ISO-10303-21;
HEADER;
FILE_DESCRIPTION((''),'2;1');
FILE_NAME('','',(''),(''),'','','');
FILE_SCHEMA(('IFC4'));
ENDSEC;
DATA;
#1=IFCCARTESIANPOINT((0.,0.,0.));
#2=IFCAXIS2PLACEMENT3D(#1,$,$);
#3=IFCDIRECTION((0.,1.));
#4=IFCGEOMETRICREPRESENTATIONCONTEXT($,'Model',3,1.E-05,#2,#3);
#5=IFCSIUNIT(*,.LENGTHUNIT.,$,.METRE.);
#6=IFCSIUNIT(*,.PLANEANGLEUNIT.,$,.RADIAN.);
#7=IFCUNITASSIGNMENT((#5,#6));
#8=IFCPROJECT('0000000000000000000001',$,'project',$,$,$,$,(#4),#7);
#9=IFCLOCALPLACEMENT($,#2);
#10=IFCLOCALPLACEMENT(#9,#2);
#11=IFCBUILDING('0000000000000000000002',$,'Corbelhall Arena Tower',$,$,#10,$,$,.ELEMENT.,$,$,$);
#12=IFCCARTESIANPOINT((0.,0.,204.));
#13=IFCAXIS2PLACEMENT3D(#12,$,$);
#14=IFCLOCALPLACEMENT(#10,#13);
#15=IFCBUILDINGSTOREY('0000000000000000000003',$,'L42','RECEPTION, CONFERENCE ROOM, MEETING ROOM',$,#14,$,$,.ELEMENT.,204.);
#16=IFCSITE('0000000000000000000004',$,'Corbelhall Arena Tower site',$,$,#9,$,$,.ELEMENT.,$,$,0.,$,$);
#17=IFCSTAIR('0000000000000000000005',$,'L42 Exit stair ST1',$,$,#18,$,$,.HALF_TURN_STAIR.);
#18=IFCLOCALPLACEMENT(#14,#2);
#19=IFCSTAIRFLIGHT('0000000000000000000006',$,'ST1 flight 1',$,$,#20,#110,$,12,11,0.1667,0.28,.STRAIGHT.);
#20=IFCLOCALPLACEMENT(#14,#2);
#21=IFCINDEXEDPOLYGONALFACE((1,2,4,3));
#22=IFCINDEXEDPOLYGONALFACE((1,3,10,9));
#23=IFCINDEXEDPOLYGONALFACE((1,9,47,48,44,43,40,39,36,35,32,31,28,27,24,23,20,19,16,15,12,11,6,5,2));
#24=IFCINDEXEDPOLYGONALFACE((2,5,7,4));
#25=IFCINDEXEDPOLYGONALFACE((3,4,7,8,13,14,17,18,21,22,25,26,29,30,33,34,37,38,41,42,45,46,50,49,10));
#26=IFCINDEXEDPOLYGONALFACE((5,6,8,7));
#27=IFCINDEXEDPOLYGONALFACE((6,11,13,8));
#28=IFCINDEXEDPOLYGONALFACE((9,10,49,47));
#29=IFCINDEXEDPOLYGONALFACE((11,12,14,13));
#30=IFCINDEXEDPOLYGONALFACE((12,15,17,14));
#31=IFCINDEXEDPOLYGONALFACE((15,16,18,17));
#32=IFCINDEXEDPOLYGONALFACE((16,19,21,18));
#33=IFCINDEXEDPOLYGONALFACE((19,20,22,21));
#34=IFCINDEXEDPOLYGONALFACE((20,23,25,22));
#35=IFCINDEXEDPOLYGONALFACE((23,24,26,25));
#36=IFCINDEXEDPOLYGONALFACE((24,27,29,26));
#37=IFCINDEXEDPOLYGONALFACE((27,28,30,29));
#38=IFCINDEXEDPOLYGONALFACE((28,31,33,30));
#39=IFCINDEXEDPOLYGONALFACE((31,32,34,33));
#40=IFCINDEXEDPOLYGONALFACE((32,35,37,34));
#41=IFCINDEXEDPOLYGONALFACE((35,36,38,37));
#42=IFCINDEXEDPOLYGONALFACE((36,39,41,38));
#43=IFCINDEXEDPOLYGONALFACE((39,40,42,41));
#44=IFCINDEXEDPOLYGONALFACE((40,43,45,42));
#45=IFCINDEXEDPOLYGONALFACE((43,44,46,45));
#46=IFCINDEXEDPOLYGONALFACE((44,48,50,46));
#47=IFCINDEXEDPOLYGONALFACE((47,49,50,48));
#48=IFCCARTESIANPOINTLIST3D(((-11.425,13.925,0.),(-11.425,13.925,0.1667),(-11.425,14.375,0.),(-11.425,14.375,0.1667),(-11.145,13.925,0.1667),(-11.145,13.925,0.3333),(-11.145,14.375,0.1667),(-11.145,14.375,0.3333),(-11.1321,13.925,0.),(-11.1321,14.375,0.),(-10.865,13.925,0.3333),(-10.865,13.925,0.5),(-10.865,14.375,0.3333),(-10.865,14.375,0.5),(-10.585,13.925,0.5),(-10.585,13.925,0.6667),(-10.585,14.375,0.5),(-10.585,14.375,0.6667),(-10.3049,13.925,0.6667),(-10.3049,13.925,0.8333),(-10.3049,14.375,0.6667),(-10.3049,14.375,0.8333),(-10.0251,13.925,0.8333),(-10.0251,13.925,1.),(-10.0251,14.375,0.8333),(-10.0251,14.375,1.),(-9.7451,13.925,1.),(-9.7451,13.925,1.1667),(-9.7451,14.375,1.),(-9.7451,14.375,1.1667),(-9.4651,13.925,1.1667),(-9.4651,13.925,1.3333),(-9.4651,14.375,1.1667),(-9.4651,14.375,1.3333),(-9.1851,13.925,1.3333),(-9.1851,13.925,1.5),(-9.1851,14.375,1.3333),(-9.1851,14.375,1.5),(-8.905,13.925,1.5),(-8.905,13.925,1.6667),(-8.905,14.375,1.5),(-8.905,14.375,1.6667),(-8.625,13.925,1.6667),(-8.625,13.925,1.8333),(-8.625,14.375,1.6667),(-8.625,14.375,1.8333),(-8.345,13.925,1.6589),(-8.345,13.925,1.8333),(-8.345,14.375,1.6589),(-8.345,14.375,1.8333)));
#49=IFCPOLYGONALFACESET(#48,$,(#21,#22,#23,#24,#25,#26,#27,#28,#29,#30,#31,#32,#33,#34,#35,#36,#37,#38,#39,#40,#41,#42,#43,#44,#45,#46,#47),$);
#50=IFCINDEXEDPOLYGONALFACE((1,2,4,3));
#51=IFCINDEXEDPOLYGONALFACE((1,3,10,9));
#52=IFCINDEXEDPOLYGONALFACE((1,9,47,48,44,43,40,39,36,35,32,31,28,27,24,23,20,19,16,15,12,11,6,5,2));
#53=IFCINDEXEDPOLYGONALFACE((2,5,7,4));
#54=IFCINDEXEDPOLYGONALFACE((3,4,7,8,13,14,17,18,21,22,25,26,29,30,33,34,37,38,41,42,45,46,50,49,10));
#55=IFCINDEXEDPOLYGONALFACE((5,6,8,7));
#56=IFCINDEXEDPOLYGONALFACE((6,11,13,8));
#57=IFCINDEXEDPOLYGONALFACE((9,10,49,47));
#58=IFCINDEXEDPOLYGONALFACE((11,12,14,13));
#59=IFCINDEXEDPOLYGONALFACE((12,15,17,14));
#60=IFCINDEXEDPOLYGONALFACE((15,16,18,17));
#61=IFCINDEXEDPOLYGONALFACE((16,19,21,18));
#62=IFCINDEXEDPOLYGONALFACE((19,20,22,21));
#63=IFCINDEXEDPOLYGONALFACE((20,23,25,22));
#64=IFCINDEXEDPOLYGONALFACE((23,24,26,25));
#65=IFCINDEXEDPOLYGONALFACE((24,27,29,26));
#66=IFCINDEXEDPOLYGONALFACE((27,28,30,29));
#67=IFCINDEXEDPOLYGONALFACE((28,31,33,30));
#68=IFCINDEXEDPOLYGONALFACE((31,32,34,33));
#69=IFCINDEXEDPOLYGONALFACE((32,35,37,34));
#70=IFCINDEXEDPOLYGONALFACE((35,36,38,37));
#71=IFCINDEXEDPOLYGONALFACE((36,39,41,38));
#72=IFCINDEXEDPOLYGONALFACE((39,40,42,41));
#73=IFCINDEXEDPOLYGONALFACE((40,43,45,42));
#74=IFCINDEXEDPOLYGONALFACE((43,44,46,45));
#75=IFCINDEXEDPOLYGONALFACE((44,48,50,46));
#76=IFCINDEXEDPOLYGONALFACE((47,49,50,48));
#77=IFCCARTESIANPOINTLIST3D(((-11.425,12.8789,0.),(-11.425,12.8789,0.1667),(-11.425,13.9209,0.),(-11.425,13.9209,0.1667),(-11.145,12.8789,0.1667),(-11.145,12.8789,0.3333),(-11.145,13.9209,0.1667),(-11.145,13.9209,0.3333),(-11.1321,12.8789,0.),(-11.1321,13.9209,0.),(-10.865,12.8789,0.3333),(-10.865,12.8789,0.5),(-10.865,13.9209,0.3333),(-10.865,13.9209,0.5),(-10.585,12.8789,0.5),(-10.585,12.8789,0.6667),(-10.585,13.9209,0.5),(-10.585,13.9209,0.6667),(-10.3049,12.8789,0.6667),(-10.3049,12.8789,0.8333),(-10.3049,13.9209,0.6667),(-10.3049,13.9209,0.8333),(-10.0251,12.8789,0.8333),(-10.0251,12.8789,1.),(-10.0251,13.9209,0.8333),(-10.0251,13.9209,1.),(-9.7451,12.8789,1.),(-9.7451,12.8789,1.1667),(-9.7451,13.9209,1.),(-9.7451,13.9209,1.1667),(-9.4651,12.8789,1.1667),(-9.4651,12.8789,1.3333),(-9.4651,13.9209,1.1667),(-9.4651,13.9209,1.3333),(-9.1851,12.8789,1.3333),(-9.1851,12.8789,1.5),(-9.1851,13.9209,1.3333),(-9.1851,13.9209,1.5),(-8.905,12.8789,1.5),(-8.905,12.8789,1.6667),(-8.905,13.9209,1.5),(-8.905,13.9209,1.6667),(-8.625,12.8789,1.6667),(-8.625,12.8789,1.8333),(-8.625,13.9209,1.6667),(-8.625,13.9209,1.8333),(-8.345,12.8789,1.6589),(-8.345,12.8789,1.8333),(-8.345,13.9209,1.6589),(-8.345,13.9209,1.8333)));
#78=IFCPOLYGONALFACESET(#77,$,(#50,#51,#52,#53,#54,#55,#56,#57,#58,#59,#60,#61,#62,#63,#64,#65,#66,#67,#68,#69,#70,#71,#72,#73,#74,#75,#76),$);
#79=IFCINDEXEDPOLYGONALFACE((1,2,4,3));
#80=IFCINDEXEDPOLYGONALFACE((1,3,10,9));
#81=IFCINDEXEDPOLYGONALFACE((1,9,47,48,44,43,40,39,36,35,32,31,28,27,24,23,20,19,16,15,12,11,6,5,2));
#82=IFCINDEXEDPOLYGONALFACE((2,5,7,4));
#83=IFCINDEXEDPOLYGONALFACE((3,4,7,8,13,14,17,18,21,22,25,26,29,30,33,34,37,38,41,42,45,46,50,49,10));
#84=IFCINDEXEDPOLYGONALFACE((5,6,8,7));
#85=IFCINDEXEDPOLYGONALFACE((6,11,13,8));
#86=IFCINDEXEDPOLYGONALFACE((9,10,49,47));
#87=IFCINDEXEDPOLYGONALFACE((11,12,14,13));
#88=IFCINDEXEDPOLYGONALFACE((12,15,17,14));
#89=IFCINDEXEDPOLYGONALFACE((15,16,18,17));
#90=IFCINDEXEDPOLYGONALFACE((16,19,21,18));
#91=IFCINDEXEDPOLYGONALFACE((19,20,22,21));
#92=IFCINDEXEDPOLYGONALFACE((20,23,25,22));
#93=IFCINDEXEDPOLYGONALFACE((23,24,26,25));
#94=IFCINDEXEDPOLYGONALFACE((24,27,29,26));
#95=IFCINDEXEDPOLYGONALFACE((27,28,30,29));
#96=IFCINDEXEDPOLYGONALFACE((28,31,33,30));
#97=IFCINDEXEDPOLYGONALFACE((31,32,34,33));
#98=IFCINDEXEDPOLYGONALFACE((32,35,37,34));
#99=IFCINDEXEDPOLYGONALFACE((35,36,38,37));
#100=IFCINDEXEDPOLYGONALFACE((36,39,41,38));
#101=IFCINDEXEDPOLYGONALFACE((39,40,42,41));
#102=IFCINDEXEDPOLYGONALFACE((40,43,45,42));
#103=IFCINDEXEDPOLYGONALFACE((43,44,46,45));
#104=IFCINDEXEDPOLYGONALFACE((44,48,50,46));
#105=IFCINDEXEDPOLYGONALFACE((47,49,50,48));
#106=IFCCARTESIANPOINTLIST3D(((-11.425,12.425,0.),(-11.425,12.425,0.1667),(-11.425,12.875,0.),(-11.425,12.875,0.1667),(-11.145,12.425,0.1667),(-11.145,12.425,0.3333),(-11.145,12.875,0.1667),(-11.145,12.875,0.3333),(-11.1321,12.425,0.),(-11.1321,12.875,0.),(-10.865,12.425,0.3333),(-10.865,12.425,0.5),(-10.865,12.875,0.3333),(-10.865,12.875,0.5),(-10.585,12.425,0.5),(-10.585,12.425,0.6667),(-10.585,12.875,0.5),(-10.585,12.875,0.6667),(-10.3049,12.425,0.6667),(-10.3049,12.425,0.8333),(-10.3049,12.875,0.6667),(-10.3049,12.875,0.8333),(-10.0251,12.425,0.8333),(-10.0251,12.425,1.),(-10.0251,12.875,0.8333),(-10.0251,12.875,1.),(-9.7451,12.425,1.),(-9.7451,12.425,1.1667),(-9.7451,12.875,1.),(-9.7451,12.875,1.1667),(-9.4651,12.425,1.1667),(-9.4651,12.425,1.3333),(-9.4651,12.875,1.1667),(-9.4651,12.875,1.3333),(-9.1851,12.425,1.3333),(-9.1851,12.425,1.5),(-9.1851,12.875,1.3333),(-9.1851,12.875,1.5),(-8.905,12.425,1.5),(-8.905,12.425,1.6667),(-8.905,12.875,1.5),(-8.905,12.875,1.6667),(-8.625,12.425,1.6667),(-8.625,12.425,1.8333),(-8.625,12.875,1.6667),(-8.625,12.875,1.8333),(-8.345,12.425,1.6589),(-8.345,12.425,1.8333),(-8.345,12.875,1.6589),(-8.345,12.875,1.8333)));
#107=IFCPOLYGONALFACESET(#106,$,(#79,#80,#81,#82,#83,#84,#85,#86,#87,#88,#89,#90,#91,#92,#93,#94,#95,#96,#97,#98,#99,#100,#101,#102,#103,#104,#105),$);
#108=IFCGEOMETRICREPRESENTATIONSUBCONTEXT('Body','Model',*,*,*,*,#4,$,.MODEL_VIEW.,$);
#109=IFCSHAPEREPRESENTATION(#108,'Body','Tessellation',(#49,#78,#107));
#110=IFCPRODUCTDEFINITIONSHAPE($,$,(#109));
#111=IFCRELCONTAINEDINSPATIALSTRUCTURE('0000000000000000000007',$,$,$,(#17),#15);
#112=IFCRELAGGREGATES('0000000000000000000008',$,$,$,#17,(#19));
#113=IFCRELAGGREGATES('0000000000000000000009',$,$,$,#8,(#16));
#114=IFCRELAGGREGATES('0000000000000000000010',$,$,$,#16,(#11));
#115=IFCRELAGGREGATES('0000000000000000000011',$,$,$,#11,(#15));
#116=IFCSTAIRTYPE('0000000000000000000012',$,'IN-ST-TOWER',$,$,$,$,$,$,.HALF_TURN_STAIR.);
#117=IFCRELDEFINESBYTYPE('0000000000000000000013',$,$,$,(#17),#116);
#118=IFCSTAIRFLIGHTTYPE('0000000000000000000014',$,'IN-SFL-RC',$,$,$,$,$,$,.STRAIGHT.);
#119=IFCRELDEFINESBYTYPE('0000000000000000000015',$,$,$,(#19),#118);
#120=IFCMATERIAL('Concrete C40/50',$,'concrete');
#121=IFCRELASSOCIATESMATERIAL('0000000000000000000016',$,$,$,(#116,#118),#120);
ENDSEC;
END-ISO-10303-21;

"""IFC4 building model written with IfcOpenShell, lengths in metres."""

from ifc_helpers import new_model, si_unit, direction, frame, origin, place, context, subcontext, project, spatial, polyline, outline, extrude, material, type_object, element, aggregate, save


model = new_model("IFC4")

# Units and contexts
model_context = context("Model", 3, precision=1e-05, world=origin(), true_north=direction((0.0, 1.0)))
body_context = subcontext(model_context, "Body", "Model", "MODEL_VIEW")
ifc_project = project(units=[si_unit("LENGTHUNIT", "METRE"), si_unit("PLANEANGLEUNIT", "RADIAN")], contexts=[model_context])

# Site, building, storey
site_placement = place(None, origin())
site = spatial("IfcSite", under=ifc_project, at=site_placement, Name="Corbelhall Arena Tower site", CompositionType="ELEMENT", RefElevation=0.0)
building_placement = place(site_placement, origin())
building = spatial("IfcBuilding", under=site, at=building_placement, Name="Corbelhall Arena Tower", CompositionType="ELEMENT")
storey_placement = place(building_placement, frame((0.0, 0.0, 204.0)))
storey = spatial("IfcBuildingStorey", under=building, at=storey_placement, Name="L42", Description="RECEPTION, CONFERENCE ROOM, MEETING ROOM", CompositionType="ELEMENT", Elevation=204.0)

# Shared definitions
ifc_material_1 = material(Name="Concrete C40/50", Category="concrete")

# Stair, stair flight
stair_type = type_object("IfcStairType", Name="IN-ST-TOWER", PredefinedType="HALF_TURN_STAIR", material=ifc_material_1)
stair_placement = place(storey_placement, origin())
stair = element("IfcStair", 1, at=stair_placement, inside=storey, type_object=stair_type, Name="L42 Exit stair ST1", PredefinedType="HALF_TURN_STAIR")
stair_flight_type = type_object("IfcStairFlightType", Name="IN-SFL-RC", PredefinedType="STRAIGHT", material=ifc_material_1)
stair_flight_placement = place(storey_placement, frame((-11.425, 13.3999, 0.0), z_axis=(0.0, 0.0, 1.0), x_axis=(1.0, 0.0, 0.0)))
stair_flight = element("IfcStairFlight", 2, at=stair_flight_placement, type_object=stair_flight_type, Name="ST1 flight 1", NumberOfRisers=12, NumberOfTreads=11, PredefinedType="STRAIGHT", RiserHeight=0.1667, TreadLength=0.28, context=body_context, shape_type="SweptSolid", body=[
    extrude(outline(polyline([(0.0, 0.0), (0.0, 0.1667), (0.28, 0.1667), (0.28, 0.3333), (0.5601, 0.3333), (0.5601, 0.5), (0.8401, 0.5), (0.8401, 0.6667), (1.1201, 0.6667), (1.1201, 0.8333), (1.3999, 0.8333), (1.3999, 1.0), (1.6799, 1.0), (1.6799, 1.1667), (1.96, 1.1667), (1.96, 1.3333), (2.24, 1.3333), (2.24, 1.5), (2.52, 1.5), (2.52, 1.6667), (2.8, 1.6667), (2.8, 1.8333), (3.0801, 1.8333), (3.0801, 2.0), (3.0801, 1.6589), (0.293, 0.0), (0.0, 0.0)])), frame((0.0, 0.9751, 0.0), z_axis=(0.0, -1.0, 0.0), x_axis=(1.0, 0.0, 0.0)), (0.0, 0.0, 1.0), 0.45),
    extrude(outline(polyline([(0.0, 0.0), (0.0, 0.1667), (0.28, 0.1667), (0.28, 0.3333), (0.5601, 0.3333), (0.5601, 0.5), (0.8401, 0.5), (0.8401, 0.6667), (1.1201, 0.6667), (1.1201, 0.8333), (1.3999, 0.8333), (1.3999, 1.0), (1.6799, 1.0), (1.6799, 1.1667), (1.96, 1.1667), (1.96, 1.3333), (2.24, 1.3333), (2.24, 1.5), (2.52, 1.5), (2.52, 1.6667), (2.8, 1.6667), (2.8, 1.8333), (3.0801, 1.8333), (3.0801, 2.0), (3.0801, 1.6589), (0.293, 0.0), (0.0, 0.0)])), frame((0.0, 0.521, 0.0), z_axis=(0.0, -1.0, 0.0), x_axis=(1.0, 0.0, 0.0)), (0.0, 0.0, 1.0), 1.042),
    extrude(outline(polyline([(0.0, 0.0), (0.0, 0.1667), (0.28, 0.1667), (0.28, 0.3333), (0.5601, 0.3333), (0.5601, 0.5), (0.8401, 0.5), (0.8401, 0.6667), (1.1201, 0.6667), (1.1201, 0.8333), (1.3999, 0.8333), (1.3999, 1.0), (1.6799, 1.0), (1.6799, 1.1667), (1.96, 1.1667), (1.96, 1.3333), (2.24, 1.3333), (2.24, 1.5), (2.52, 1.5), (2.52, 1.6667), (2.8, 1.6667), (2.8, 1.8333), (3.0801, 1.8333), (3.0801, 2.0), (3.0801, 1.6589), (0.293, 0.0), (0.0, 0.0)])), frame((0.0, -0.5249, 0.0), z_axis=(0.0, -1.0, 0.0), x_axis=(1.0, 0.0, 0.0)), (0.0, 0.0, 1.0), 0.45),
])
aggregate(stair, [stair_flight])

save(model, "model.ifc")
